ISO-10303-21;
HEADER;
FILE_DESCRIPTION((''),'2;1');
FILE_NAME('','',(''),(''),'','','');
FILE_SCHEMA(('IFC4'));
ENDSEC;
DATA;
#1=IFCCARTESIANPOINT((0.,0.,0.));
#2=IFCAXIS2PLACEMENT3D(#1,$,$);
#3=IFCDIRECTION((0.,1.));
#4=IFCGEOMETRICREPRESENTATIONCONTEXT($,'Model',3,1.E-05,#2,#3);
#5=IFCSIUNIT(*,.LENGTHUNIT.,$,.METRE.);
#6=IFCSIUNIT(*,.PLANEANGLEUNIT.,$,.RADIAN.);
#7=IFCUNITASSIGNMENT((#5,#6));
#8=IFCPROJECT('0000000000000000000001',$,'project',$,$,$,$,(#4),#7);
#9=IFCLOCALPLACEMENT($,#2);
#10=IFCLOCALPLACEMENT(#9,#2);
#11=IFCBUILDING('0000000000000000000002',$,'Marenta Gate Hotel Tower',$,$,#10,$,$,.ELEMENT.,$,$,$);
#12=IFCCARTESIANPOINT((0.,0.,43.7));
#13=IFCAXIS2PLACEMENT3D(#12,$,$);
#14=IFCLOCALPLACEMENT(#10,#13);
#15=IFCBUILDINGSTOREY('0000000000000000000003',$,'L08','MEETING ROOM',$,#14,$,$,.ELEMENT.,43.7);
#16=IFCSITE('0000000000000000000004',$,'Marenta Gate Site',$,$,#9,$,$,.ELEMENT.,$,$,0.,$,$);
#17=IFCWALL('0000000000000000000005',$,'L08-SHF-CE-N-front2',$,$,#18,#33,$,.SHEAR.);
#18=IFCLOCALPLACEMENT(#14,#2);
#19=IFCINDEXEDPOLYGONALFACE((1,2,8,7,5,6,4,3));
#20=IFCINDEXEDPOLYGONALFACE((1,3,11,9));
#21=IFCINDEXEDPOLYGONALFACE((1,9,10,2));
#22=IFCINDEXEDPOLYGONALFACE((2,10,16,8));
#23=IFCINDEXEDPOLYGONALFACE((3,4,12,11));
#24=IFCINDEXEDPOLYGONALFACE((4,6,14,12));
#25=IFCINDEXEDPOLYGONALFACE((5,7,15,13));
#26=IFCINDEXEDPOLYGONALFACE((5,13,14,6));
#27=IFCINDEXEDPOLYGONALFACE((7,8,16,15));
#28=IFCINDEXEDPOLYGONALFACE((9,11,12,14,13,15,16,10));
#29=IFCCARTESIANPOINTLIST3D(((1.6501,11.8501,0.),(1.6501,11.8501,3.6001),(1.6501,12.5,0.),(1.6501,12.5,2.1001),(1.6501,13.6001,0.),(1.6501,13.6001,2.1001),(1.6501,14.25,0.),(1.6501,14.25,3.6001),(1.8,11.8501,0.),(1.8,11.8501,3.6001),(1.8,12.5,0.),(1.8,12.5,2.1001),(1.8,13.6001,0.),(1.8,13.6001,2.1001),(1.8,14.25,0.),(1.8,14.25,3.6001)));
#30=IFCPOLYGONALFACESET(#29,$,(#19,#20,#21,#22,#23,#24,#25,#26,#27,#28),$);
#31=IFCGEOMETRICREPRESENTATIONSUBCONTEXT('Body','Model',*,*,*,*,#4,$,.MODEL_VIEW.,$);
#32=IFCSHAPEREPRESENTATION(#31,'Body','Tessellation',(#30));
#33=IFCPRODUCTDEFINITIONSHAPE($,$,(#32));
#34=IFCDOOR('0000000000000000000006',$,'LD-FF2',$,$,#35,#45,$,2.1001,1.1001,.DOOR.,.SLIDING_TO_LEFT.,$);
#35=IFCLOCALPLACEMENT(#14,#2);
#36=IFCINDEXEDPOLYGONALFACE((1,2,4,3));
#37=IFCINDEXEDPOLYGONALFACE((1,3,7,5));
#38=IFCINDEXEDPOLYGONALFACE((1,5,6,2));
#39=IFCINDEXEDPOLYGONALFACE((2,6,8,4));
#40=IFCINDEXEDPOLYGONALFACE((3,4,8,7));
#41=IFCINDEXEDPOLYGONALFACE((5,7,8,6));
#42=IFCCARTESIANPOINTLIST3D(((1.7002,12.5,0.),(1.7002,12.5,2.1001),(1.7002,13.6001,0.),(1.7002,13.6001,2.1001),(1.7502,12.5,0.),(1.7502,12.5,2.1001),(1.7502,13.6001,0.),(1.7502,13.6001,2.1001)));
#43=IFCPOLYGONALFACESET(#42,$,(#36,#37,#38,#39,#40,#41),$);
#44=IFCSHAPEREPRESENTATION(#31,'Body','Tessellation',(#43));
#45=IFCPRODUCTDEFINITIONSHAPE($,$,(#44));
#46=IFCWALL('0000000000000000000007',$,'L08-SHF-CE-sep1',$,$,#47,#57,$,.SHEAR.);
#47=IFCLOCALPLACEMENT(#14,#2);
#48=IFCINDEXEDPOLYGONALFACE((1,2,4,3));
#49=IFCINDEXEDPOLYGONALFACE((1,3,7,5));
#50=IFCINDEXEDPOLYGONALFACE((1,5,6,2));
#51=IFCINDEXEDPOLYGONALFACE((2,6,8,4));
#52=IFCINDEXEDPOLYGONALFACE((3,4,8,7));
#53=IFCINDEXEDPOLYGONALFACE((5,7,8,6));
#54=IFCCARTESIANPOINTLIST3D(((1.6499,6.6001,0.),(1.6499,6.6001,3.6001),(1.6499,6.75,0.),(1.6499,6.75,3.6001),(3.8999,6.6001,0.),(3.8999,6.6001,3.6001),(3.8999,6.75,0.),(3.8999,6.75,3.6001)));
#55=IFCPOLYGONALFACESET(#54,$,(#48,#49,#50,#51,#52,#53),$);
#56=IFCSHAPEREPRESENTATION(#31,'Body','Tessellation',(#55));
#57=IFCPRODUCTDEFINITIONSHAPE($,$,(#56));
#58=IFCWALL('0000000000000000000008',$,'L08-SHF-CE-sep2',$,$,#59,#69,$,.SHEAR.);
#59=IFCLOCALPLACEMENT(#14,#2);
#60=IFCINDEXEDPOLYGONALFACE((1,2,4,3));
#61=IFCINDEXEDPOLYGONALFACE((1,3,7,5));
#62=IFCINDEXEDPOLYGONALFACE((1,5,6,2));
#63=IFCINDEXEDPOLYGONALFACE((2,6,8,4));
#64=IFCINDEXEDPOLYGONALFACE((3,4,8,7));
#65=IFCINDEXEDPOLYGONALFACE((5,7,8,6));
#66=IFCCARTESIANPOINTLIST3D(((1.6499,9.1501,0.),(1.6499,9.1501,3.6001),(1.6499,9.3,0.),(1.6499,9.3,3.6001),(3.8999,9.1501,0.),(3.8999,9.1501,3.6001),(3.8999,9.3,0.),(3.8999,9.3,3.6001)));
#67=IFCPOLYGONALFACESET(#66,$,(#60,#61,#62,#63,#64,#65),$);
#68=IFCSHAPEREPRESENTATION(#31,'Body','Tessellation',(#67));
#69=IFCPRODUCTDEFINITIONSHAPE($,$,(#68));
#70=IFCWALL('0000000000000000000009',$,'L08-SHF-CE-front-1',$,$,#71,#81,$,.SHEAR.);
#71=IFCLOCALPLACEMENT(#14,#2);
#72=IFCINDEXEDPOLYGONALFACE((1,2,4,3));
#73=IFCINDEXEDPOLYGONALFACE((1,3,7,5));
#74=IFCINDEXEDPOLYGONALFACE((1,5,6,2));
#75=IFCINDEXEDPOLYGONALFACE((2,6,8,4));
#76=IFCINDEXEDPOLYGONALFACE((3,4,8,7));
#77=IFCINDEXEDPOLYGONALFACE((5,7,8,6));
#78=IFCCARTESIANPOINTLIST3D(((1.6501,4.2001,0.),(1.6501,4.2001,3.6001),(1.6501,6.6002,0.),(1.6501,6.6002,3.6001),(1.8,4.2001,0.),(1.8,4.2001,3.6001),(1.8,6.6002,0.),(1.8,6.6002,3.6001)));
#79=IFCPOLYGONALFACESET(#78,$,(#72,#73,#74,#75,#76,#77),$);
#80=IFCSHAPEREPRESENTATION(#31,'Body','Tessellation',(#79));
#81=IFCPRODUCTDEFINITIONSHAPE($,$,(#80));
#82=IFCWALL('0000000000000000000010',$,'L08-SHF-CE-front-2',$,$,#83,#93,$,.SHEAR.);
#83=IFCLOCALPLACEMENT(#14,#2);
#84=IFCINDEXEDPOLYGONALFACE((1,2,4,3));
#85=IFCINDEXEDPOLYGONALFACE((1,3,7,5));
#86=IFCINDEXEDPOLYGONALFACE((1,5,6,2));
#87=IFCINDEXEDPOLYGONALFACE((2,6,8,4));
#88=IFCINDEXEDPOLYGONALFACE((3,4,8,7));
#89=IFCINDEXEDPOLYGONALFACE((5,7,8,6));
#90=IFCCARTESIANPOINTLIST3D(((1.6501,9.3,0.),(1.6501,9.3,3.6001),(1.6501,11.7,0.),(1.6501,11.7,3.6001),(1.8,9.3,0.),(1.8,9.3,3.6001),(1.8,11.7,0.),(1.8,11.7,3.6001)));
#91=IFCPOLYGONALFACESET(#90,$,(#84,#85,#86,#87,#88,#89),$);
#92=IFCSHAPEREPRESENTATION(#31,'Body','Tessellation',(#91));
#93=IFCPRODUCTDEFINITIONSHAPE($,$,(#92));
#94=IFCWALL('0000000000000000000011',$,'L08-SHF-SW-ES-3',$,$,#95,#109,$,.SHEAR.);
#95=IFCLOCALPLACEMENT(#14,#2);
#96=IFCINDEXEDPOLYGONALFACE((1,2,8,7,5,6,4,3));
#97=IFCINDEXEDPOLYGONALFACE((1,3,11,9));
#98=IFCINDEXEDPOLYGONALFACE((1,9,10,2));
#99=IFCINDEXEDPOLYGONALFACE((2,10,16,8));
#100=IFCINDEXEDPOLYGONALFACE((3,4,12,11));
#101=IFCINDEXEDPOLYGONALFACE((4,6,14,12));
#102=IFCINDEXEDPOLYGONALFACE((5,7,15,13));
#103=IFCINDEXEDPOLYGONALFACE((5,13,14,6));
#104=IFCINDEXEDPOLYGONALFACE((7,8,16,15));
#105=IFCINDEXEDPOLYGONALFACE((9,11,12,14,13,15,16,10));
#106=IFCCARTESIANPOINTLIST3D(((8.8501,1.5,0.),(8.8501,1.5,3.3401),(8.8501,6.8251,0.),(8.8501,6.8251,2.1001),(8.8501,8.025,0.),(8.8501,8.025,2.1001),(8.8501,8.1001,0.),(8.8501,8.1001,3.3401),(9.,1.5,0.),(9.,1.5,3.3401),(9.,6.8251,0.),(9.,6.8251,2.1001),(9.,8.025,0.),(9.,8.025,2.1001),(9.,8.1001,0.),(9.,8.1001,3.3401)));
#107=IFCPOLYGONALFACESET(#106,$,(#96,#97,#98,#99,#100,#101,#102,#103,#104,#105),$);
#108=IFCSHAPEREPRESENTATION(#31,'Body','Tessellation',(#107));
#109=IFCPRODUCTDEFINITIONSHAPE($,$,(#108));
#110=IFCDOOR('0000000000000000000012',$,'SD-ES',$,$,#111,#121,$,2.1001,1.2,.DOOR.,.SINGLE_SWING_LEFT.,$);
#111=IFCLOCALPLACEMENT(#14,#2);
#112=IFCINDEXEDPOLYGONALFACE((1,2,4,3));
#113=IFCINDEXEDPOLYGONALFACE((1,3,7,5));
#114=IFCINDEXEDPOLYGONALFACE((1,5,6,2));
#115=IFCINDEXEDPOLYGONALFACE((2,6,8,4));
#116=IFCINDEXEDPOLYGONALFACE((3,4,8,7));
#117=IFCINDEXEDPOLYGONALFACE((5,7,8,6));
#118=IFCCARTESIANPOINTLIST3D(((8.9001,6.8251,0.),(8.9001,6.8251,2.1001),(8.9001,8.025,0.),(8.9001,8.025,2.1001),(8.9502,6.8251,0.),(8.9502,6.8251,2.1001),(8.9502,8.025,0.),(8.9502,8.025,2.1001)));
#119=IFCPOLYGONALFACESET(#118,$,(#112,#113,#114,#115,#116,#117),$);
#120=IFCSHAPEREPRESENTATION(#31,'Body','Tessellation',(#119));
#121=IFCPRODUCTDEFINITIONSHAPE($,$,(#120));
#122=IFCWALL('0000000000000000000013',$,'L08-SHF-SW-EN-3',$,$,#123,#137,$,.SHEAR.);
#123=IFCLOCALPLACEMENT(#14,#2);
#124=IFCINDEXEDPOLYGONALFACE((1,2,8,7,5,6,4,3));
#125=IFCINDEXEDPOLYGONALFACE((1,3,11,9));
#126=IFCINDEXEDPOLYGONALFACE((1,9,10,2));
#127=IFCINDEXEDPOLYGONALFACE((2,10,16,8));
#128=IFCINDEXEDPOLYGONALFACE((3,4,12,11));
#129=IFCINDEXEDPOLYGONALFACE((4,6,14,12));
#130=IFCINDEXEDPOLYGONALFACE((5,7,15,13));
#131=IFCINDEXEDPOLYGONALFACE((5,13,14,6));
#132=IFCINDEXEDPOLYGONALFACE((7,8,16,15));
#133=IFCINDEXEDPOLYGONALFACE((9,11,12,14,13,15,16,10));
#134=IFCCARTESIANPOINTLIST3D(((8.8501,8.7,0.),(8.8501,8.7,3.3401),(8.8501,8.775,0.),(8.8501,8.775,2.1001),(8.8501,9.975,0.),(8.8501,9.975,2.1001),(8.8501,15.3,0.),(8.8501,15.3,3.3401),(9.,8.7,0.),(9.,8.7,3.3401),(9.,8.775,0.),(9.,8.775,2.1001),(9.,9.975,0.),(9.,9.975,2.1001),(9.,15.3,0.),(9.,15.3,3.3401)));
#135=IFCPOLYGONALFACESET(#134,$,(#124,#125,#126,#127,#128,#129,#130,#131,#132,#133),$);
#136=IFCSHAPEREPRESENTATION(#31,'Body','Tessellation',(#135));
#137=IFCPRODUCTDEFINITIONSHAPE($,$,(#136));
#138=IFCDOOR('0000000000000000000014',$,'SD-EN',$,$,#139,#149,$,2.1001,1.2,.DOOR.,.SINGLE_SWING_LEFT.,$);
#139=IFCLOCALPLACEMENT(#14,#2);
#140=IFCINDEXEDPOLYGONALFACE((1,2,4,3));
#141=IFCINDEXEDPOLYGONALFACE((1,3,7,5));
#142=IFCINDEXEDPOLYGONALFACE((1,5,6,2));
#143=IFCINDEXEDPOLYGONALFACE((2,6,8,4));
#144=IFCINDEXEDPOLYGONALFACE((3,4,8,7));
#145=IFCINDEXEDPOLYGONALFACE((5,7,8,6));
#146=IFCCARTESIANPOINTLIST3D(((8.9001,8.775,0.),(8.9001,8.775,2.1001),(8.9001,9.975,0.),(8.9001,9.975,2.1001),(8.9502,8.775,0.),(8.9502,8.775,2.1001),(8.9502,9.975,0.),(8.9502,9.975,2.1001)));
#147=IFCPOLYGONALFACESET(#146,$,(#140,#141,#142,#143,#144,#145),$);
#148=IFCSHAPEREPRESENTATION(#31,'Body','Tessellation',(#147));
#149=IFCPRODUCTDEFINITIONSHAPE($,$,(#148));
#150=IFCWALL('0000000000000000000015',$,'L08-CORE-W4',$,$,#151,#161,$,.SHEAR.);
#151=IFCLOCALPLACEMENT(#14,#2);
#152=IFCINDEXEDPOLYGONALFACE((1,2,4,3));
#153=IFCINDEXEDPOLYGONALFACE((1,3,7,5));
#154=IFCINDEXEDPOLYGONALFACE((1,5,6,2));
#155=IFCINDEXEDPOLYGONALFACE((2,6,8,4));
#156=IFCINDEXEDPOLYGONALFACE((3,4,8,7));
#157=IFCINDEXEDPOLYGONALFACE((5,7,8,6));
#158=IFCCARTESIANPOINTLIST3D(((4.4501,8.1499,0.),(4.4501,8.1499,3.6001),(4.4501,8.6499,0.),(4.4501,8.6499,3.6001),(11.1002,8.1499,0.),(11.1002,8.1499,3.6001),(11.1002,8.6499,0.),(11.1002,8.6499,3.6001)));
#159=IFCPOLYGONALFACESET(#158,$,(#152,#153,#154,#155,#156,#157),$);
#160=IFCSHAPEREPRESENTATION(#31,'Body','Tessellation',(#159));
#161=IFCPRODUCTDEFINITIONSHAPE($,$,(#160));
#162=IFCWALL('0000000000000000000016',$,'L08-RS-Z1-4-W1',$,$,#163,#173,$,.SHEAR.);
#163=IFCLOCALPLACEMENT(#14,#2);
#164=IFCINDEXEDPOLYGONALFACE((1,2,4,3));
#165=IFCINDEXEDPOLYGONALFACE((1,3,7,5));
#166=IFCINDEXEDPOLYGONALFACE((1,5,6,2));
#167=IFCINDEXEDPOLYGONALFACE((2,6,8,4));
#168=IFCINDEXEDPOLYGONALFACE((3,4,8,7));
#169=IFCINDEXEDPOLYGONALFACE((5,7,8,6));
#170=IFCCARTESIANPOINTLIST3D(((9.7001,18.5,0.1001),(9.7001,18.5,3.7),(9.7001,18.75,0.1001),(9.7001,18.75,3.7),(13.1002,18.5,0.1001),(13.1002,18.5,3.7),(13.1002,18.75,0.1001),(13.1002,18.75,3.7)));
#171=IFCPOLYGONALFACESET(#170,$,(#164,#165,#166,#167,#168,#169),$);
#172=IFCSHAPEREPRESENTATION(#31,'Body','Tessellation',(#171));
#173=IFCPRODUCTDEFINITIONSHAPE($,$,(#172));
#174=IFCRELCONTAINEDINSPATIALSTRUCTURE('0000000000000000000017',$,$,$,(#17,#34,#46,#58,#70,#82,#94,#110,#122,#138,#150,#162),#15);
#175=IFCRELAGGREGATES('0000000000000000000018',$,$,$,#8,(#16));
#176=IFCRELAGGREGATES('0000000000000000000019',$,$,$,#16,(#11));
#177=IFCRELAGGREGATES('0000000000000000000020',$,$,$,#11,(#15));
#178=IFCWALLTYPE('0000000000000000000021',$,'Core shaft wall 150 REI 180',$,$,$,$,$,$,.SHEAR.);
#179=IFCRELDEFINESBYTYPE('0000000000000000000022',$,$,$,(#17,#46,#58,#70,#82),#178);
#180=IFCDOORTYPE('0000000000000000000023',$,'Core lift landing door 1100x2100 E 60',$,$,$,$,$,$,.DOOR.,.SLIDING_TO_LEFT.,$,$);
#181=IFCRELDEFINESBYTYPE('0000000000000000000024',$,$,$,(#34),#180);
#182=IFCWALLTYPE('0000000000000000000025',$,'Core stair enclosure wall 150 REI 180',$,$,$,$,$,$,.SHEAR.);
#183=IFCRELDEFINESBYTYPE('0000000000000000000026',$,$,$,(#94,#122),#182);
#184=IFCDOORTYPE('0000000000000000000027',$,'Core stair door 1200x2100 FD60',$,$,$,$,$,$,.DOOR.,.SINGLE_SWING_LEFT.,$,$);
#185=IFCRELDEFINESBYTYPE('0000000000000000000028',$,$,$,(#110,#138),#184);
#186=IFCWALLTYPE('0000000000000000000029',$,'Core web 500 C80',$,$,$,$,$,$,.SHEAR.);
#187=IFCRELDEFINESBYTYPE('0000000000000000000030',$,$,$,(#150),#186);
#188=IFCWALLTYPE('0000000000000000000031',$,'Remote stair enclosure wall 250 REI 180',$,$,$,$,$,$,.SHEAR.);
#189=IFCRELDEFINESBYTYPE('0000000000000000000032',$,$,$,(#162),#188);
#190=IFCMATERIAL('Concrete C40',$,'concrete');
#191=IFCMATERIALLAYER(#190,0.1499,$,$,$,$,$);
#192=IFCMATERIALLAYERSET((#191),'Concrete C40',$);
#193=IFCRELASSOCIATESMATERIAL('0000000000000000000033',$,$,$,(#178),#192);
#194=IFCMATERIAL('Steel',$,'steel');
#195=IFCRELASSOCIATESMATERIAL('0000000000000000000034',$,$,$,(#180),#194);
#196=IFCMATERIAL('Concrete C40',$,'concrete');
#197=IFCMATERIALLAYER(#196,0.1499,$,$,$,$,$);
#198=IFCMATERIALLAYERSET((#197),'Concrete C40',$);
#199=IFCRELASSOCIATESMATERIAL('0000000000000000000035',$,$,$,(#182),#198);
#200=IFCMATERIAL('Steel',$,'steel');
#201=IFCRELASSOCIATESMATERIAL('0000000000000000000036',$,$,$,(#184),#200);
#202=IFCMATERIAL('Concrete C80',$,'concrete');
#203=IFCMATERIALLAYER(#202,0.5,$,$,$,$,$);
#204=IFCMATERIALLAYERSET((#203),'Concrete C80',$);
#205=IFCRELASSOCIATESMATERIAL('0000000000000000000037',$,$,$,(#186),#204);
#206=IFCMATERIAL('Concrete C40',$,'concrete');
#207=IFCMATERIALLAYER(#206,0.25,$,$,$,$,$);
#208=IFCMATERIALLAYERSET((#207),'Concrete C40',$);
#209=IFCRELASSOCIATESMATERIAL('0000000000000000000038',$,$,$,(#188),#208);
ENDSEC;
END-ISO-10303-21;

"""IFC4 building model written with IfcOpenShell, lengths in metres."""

from ifc_helpers import new_model, si_unit, direction, frame, frame_2d, origin, place, context, subcontext, project, spatial, rectangle, extrude, material, layer, layer_set, type_object, element, fill, save


model = new_model("IFC4")

# Units and contexts
model_context = context("Model", 3, precision=1e-05, world=origin(), true_north=direction((0.0, 1.0)))
body_context = subcontext(model_context, "Body", "Model", "MODEL_VIEW")
ifc_project = project(units=[si_unit("LENGTHUNIT", "METRE"), si_unit("PLANEANGLEUNIT", "RADIAN")], contexts=[model_context])

# Site, building, storey
site_placement = place(None, origin())
site = spatial("IfcSite", under=ifc_project, at=site_placement, Name="Marenta Gate Site", CompositionType="ELEMENT", RefElevation=0.0)
building_placement = place(site_placement, origin())
building = spatial("IfcBuilding", under=site, at=building_placement, Name="Marenta Gate Hotel Tower", CompositionType="ELEMENT")
storey_placement = place(building_placement, frame((0.0, 0.0, 43.7)))
storey = spatial("IfcBuildingStorey", under=building, at=storey_placement, Name="L08", Description="MEETING ROOM", CompositionType="ELEMENT", Elevation=43.7)

# Shared definitions
ifc_material_1 = material(Name="Concrete C40", Category="concrete")
ifc_layer_1 = layer(ifc_material_1, 0.1499)
ifc_layer_set_1 = layer_set([ifc_layer_1], Name="Concrete C40")
wall_type_1 = type_object("IfcWallType", Name="Core shaft wall 150 REI 180", PredefinedType="SHEAR", material=ifc_layer_set_1)
ifc_material_2 = material(Name="Steel", Category="steel")
door_type_1 = type_object("IfcDoorType", Name="Core lift landing door 1100x2100 E 60", OperationType="SLIDING_TO_LEFT", PredefinedType="DOOR", material=ifc_material_2)

# Wall, opening, door
wall_1_placement = place(storey_placement, frame((1.7251, 11.8501, 0.0), z_axis=(0.0, 0.0, 1.0), x_axis=(0.0, 1.0, 0.0)))
wall_1 = element("IfcWall", 1, at=wall_1_placement, inside=storey, type_object=wall_type_1, Name="L08-SHF-CE-N-front2", PredefinedType="SHEAR", context=body_context, shape_type="SweptSolid", body=[
    extrude(rectangle(XDim=2.3999, YDim=0.1499, at=frame_2d((1.2, 0.0))), origin(), (0.0, 0.0, 1.0), 3.6001),
])
opening_1_placement = place(wall_1_placement, frame((0.6499, 0.0, 0.0)))
opening_1 = element("IfcOpeningElement", 2, at=opening_1_placement, cuts=wall_1, PredefinedType="OPENING", context=body_context, shape_type="SweptSolid", body=[
    extrude(rectangle(XDim=1.1001, YDim=2.1001, at=frame_2d((0.55, 1.05))), frame((0.0, 0.075, 0.0), z_axis=(0.0, -1.0, 0.0), x_axis=(1.0, 0.0, 0.0)), (0.0, 0.0, 1.0), 0.1499),
])
door_1_placement = place(opening_1_placement, origin())
door_1 = element("IfcDoor", 3, at=door_1_placement, inside=storey, type_object=door_type_1, Name="LD-FF2", OperationType="SLIDING_TO_LEFT", OverallHeight=2.1001, OverallWidth=1.1001, PredefinedType="DOOR", context=body_context, shape_type="SweptSolid", body=[
    extrude(rectangle(XDim=1.1001, YDim=2.1001, at=frame_2d((0.55, 1.05))), frame((0.0, 0.0249, 0.0), z_axis=(0.0, -1.0, 0.0), x_axis=(1.0, 0.0, 0.0)), (0.0, 0.0, 1.0), 0.05),
])
fill(opening_1, door_1)

# Walls
for number, where, z_axis, x_axis, name in (
    (4, (1.6499, 6.675, 0.0), (0.0, 0.0, 1.0), (1.0, 0.0, 0.0), "L08-SHF-CE-sep1"),
    (5, (1.6499, 9.2251, 0.0), (0.0, 0.0, 1.0), (1.0, 0.0, 0.0), "L08-SHF-CE-sep2"),
):
    element("IfcWall", number, at=place(storey_placement, frame(where, z_axis=z_axis, x_axis=x_axis)), inside=storey, type_object=wall_type_1, Name=name, PredefinedType="SHEAR", context=body_context, shape_type="SweptSolid", body=[
        extrude(rectangle(XDim=2.25, YDim=0.1499, at=frame_2d((1.125, 0.0))), origin(), (0.0, 0.0, 1.0), 3.6001),
    ])
wall_2_placement = place(storey_placement, frame((1.7251, 4.2, 0.0), z_axis=(0.0, 0.0, 1.0), x_axis=(0.0, 1.0, 0.0)))
element("IfcWall", 6, at=wall_2_placement, inside=storey, type_object=wall_type_1, Name="L08-SHF-CE-front-1", PredefinedType="SHEAR", context=body_context, shape_type="SweptSolid", body=[
    extrude(rectangle(XDim=2.4001, YDim=0.1499, at=frame_2d((1.2002, 0.0))), origin(), (0.0, 0.0, 1.0), 3.6001),
])
wall_3_placement = place(storey_placement, frame((1.7251, 9.3, 0.0), z_axis=(0.0, 0.0, 1.0), x_axis=(0.0, 1.0, 0.0)))
element("IfcWall", 7, at=wall_3_placement, inside=storey, type_object=wall_type_1, Name="L08-SHF-CE-front-2", PredefinedType="SHEAR", context=body_context, shape_type="SweptSolid", body=[
    extrude(rectangle(XDim=2.3999, YDim=0.1499, at=frame_2d((1.2, 0.0))), origin(), (0.0, 0.0, 1.0), 3.6001),
])

# Walls, openings, doors
ifc_material_3 = material(Name="Concrete C40", Category="concrete")
ifc_layer_2 = layer(ifc_material_3, 0.1499)
ifc_layer_set_2 = layer_set([ifc_layer_2], Name="Concrete C40")
wall_type_2 = type_object("IfcWallType", Name="Core stair enclosure wall 150 REI 180", PredefinedType="SHEAR", material=ifc_layer_set_2)
wall_4_placement = place(storey_placement, frame((8.925, 1.5, 0.0), z_axis=(0.0, 0.0, 1.0), x_axis=(0.0, 1.0, 0.0)))
wall_4 = element("IfcWall", 8, at=wall_4_placement, inside=storey, type_object=wall_type_2, Name="L08-SHF-SW-ES-3", PredefinedType="SHEAR", context=body_context, shape_type="SweptSolid", body=[
    extrude(rectangle(XDim=6.6001, YDim=0.1499, at=frame_2d((3.3, 0.0))), origin(), (0.0, 0.0, 1.0), 3.3401),
])
opening_2_placement = place(wall_4_placement, frame((5.325, 0.0, 0.0)))
opening_2 = element("IfcOpeningElement", 9, at=opening_2_placement, cuts=wall_4, PredefinedType="OPENING", context=body_context, shape_type="SweptSolid", body=[
    extrude(rectangle(XDim=1.2, YDim=2.1001, at=frame_2d((0.6001, 1.05))), frame((0.0, 0.075, 0.0), z_axis=(0.0, -1.0, 0.0), x_axis=(1.0, 0.0, 0.0)), (0.0, 0.0, 1.0), 0.1499),
])
ifc_material_4 = material(Name="Steel", Category="steel")
door_type_2 = type_object("IfcDoorType", Name="Core stair door 1200x2100 FD60", OperationType="SINGLE_SWING_LEFT", PredefinedType="DOOR", material=ifc_material_4)
door_2_placement = place(opening_2_placement, origin())
door_2 = element("IfcDoor", 10, at=door_2_placement, inside=storey, type_object=door_type_2, Name="SD-ES", OperationType="SINGLE_SWING_LEFT", OverallHeight=2.1001, OverallWidth=1.2, PredefinedType="DOOR", context=body_context, shape_type="SweptSolid", body=[
    extrude(rectangle(XDim=1.2, YDim=2.1001, at=frame_2d((0.6001, 1.05))), frame((0.0, 0.0249, 0.0), z_axis=(0.0, -1.0, 0.0), x_axis=(1.0, 0.0, 0.0)), (0.0, 0.0, 1.0), 0.05),
])
fill(opening_2, door_2)
wall_5_placement = place(storey_placement, frame((8.925, 8.7, 0.0), z_axis=(0.0, 0.0, 1.0), x_axis=(0.0, 1.0, 0.0)))
wall_5 = element("IfcWall", 11, at=wall_5_placement, inside=storey, type_object=wall_type_2, Name="L08-SHF-SW-EN-3", PredefinedType="SHEAR", context=body_context, shape_type="SweptSolid", body=[
    extrude(rectangle(XDim=6.6001, YDim=0.1499, at=frame_2d((3.3, 0.0))), origin(), (0.0, 0.0, 1.0), 3.3401),
])
opening_3_placement = place(wall_5_placement, frame((0.075, 0.0, 0.0)))
opening_3 = element("IfcOpeningElement", 12, at=opening_3_placement, cuts=wall_5, PredefinedType="OPENING", context=body_context, shape_type="SweptSolid", body=[
    extrude(rectangle(XDim=1.2, YDim=2.1001, at=frame_2d((0.6001, 1.05))), frame((0.0, 0.075, 0.0), z_axis=(0.0, -1.0, 0.0), x_axis=(1.0, 0.0, 0.0)), (0.0, 0.0, 1.0), 0.1499),
])
door_3_placement = place(opening_3_placement, origin())
door_3 = element("IfcDoor", 13, at=door_3_placement, inside=storey, type_object=door_type_2, Name="SD-EN", OperationType="SINGLE_SWING_LEFT", OverallHeight=2.1001, OverallWidth=1.2, PredefinedType="DOOR", context=body_context, shape_type="SweptSolid", body=[
    extrude(rectangle(XDim=1.2, YDim=2.1001, at=frame_2d((0.6001, 1.05))), frame((0.0, 0.0249, 0.0), z_axis=(0.0, -1.0, 0.0), x_axis=(1.0, 0.0, 0.0)), (0.0, 0.0, 1.0), 0.05),
])
fill(opening_3, door_3)

# Walls
ifc_material_5 = material(Name="Concrete C80", Category="concrete")
ifc_layer_3 = layer(ifc_material_5, 0.5)
ifc_layer_set_3 = layer_set([ifc_layer_3], Name="Concrete C80")
wall_type_3 = type_object("IfcWallType", Name="Core web 500 C80", PredefinedType="SHEAR", material=ifc_layer_set_3)
wall_6_placement = place(storey_placement, frame((4.45, 8.3999, 0.0), z_axis=(0.0, 0.0, 1.0), x_axis=(1.0, 0.0, 0.0)))
element("IfcWall", 14, at=wall_6_placement, inside=storey, type_object=wall_type_3, Name="L08-CORE-W4", PredefinedType="SHEAR", context=body_context, shape_type="SweptSolid", body=[
    extrude(rectangle(XDim=6.6501, YDim=0.5, at=frame_2d((3.3252, 0.0))), origin(), (0.0, 0.0, 1.0), 3.6001),
])
ifc_material_6 = material(Name="Concrete C40", Category="concrete")
ifc_layer_4 = layer(ifc_material_6, 0.25)
ifc_layer_set_4 = layer_set([ifc_layer_4], Name="Concrete C40")
wall_type_4 = type_object("IfcWallType", Name="Remote stair enclosure wall 250 REI 180", PredefinedType="SHEAR", material=ifc_layer_set_4)
wall_7_placement = place(storey_placement, frame((9.7, 18.625, 0.1001), z_axis=(0.0, 0.0, 1.0), x_axis=(1.0, 0.0, 0.0)))
element("IfcWall", 15, at=wall_7_placement, inside=storey, type_object=wall_type_4, Name="L08-RS-Z1-4-W1", PredefinedType="SHEAR", context=body_context, shape_type="SweptSolid", body=[
    extrude(rectangle(XDim=3.4001, YDim=0.25, at=frame_2d((1.7002, 0.0))), origin(), (0.0, 0.0, 1.0), 3.5999),
])

save(model, "model.ifc")
